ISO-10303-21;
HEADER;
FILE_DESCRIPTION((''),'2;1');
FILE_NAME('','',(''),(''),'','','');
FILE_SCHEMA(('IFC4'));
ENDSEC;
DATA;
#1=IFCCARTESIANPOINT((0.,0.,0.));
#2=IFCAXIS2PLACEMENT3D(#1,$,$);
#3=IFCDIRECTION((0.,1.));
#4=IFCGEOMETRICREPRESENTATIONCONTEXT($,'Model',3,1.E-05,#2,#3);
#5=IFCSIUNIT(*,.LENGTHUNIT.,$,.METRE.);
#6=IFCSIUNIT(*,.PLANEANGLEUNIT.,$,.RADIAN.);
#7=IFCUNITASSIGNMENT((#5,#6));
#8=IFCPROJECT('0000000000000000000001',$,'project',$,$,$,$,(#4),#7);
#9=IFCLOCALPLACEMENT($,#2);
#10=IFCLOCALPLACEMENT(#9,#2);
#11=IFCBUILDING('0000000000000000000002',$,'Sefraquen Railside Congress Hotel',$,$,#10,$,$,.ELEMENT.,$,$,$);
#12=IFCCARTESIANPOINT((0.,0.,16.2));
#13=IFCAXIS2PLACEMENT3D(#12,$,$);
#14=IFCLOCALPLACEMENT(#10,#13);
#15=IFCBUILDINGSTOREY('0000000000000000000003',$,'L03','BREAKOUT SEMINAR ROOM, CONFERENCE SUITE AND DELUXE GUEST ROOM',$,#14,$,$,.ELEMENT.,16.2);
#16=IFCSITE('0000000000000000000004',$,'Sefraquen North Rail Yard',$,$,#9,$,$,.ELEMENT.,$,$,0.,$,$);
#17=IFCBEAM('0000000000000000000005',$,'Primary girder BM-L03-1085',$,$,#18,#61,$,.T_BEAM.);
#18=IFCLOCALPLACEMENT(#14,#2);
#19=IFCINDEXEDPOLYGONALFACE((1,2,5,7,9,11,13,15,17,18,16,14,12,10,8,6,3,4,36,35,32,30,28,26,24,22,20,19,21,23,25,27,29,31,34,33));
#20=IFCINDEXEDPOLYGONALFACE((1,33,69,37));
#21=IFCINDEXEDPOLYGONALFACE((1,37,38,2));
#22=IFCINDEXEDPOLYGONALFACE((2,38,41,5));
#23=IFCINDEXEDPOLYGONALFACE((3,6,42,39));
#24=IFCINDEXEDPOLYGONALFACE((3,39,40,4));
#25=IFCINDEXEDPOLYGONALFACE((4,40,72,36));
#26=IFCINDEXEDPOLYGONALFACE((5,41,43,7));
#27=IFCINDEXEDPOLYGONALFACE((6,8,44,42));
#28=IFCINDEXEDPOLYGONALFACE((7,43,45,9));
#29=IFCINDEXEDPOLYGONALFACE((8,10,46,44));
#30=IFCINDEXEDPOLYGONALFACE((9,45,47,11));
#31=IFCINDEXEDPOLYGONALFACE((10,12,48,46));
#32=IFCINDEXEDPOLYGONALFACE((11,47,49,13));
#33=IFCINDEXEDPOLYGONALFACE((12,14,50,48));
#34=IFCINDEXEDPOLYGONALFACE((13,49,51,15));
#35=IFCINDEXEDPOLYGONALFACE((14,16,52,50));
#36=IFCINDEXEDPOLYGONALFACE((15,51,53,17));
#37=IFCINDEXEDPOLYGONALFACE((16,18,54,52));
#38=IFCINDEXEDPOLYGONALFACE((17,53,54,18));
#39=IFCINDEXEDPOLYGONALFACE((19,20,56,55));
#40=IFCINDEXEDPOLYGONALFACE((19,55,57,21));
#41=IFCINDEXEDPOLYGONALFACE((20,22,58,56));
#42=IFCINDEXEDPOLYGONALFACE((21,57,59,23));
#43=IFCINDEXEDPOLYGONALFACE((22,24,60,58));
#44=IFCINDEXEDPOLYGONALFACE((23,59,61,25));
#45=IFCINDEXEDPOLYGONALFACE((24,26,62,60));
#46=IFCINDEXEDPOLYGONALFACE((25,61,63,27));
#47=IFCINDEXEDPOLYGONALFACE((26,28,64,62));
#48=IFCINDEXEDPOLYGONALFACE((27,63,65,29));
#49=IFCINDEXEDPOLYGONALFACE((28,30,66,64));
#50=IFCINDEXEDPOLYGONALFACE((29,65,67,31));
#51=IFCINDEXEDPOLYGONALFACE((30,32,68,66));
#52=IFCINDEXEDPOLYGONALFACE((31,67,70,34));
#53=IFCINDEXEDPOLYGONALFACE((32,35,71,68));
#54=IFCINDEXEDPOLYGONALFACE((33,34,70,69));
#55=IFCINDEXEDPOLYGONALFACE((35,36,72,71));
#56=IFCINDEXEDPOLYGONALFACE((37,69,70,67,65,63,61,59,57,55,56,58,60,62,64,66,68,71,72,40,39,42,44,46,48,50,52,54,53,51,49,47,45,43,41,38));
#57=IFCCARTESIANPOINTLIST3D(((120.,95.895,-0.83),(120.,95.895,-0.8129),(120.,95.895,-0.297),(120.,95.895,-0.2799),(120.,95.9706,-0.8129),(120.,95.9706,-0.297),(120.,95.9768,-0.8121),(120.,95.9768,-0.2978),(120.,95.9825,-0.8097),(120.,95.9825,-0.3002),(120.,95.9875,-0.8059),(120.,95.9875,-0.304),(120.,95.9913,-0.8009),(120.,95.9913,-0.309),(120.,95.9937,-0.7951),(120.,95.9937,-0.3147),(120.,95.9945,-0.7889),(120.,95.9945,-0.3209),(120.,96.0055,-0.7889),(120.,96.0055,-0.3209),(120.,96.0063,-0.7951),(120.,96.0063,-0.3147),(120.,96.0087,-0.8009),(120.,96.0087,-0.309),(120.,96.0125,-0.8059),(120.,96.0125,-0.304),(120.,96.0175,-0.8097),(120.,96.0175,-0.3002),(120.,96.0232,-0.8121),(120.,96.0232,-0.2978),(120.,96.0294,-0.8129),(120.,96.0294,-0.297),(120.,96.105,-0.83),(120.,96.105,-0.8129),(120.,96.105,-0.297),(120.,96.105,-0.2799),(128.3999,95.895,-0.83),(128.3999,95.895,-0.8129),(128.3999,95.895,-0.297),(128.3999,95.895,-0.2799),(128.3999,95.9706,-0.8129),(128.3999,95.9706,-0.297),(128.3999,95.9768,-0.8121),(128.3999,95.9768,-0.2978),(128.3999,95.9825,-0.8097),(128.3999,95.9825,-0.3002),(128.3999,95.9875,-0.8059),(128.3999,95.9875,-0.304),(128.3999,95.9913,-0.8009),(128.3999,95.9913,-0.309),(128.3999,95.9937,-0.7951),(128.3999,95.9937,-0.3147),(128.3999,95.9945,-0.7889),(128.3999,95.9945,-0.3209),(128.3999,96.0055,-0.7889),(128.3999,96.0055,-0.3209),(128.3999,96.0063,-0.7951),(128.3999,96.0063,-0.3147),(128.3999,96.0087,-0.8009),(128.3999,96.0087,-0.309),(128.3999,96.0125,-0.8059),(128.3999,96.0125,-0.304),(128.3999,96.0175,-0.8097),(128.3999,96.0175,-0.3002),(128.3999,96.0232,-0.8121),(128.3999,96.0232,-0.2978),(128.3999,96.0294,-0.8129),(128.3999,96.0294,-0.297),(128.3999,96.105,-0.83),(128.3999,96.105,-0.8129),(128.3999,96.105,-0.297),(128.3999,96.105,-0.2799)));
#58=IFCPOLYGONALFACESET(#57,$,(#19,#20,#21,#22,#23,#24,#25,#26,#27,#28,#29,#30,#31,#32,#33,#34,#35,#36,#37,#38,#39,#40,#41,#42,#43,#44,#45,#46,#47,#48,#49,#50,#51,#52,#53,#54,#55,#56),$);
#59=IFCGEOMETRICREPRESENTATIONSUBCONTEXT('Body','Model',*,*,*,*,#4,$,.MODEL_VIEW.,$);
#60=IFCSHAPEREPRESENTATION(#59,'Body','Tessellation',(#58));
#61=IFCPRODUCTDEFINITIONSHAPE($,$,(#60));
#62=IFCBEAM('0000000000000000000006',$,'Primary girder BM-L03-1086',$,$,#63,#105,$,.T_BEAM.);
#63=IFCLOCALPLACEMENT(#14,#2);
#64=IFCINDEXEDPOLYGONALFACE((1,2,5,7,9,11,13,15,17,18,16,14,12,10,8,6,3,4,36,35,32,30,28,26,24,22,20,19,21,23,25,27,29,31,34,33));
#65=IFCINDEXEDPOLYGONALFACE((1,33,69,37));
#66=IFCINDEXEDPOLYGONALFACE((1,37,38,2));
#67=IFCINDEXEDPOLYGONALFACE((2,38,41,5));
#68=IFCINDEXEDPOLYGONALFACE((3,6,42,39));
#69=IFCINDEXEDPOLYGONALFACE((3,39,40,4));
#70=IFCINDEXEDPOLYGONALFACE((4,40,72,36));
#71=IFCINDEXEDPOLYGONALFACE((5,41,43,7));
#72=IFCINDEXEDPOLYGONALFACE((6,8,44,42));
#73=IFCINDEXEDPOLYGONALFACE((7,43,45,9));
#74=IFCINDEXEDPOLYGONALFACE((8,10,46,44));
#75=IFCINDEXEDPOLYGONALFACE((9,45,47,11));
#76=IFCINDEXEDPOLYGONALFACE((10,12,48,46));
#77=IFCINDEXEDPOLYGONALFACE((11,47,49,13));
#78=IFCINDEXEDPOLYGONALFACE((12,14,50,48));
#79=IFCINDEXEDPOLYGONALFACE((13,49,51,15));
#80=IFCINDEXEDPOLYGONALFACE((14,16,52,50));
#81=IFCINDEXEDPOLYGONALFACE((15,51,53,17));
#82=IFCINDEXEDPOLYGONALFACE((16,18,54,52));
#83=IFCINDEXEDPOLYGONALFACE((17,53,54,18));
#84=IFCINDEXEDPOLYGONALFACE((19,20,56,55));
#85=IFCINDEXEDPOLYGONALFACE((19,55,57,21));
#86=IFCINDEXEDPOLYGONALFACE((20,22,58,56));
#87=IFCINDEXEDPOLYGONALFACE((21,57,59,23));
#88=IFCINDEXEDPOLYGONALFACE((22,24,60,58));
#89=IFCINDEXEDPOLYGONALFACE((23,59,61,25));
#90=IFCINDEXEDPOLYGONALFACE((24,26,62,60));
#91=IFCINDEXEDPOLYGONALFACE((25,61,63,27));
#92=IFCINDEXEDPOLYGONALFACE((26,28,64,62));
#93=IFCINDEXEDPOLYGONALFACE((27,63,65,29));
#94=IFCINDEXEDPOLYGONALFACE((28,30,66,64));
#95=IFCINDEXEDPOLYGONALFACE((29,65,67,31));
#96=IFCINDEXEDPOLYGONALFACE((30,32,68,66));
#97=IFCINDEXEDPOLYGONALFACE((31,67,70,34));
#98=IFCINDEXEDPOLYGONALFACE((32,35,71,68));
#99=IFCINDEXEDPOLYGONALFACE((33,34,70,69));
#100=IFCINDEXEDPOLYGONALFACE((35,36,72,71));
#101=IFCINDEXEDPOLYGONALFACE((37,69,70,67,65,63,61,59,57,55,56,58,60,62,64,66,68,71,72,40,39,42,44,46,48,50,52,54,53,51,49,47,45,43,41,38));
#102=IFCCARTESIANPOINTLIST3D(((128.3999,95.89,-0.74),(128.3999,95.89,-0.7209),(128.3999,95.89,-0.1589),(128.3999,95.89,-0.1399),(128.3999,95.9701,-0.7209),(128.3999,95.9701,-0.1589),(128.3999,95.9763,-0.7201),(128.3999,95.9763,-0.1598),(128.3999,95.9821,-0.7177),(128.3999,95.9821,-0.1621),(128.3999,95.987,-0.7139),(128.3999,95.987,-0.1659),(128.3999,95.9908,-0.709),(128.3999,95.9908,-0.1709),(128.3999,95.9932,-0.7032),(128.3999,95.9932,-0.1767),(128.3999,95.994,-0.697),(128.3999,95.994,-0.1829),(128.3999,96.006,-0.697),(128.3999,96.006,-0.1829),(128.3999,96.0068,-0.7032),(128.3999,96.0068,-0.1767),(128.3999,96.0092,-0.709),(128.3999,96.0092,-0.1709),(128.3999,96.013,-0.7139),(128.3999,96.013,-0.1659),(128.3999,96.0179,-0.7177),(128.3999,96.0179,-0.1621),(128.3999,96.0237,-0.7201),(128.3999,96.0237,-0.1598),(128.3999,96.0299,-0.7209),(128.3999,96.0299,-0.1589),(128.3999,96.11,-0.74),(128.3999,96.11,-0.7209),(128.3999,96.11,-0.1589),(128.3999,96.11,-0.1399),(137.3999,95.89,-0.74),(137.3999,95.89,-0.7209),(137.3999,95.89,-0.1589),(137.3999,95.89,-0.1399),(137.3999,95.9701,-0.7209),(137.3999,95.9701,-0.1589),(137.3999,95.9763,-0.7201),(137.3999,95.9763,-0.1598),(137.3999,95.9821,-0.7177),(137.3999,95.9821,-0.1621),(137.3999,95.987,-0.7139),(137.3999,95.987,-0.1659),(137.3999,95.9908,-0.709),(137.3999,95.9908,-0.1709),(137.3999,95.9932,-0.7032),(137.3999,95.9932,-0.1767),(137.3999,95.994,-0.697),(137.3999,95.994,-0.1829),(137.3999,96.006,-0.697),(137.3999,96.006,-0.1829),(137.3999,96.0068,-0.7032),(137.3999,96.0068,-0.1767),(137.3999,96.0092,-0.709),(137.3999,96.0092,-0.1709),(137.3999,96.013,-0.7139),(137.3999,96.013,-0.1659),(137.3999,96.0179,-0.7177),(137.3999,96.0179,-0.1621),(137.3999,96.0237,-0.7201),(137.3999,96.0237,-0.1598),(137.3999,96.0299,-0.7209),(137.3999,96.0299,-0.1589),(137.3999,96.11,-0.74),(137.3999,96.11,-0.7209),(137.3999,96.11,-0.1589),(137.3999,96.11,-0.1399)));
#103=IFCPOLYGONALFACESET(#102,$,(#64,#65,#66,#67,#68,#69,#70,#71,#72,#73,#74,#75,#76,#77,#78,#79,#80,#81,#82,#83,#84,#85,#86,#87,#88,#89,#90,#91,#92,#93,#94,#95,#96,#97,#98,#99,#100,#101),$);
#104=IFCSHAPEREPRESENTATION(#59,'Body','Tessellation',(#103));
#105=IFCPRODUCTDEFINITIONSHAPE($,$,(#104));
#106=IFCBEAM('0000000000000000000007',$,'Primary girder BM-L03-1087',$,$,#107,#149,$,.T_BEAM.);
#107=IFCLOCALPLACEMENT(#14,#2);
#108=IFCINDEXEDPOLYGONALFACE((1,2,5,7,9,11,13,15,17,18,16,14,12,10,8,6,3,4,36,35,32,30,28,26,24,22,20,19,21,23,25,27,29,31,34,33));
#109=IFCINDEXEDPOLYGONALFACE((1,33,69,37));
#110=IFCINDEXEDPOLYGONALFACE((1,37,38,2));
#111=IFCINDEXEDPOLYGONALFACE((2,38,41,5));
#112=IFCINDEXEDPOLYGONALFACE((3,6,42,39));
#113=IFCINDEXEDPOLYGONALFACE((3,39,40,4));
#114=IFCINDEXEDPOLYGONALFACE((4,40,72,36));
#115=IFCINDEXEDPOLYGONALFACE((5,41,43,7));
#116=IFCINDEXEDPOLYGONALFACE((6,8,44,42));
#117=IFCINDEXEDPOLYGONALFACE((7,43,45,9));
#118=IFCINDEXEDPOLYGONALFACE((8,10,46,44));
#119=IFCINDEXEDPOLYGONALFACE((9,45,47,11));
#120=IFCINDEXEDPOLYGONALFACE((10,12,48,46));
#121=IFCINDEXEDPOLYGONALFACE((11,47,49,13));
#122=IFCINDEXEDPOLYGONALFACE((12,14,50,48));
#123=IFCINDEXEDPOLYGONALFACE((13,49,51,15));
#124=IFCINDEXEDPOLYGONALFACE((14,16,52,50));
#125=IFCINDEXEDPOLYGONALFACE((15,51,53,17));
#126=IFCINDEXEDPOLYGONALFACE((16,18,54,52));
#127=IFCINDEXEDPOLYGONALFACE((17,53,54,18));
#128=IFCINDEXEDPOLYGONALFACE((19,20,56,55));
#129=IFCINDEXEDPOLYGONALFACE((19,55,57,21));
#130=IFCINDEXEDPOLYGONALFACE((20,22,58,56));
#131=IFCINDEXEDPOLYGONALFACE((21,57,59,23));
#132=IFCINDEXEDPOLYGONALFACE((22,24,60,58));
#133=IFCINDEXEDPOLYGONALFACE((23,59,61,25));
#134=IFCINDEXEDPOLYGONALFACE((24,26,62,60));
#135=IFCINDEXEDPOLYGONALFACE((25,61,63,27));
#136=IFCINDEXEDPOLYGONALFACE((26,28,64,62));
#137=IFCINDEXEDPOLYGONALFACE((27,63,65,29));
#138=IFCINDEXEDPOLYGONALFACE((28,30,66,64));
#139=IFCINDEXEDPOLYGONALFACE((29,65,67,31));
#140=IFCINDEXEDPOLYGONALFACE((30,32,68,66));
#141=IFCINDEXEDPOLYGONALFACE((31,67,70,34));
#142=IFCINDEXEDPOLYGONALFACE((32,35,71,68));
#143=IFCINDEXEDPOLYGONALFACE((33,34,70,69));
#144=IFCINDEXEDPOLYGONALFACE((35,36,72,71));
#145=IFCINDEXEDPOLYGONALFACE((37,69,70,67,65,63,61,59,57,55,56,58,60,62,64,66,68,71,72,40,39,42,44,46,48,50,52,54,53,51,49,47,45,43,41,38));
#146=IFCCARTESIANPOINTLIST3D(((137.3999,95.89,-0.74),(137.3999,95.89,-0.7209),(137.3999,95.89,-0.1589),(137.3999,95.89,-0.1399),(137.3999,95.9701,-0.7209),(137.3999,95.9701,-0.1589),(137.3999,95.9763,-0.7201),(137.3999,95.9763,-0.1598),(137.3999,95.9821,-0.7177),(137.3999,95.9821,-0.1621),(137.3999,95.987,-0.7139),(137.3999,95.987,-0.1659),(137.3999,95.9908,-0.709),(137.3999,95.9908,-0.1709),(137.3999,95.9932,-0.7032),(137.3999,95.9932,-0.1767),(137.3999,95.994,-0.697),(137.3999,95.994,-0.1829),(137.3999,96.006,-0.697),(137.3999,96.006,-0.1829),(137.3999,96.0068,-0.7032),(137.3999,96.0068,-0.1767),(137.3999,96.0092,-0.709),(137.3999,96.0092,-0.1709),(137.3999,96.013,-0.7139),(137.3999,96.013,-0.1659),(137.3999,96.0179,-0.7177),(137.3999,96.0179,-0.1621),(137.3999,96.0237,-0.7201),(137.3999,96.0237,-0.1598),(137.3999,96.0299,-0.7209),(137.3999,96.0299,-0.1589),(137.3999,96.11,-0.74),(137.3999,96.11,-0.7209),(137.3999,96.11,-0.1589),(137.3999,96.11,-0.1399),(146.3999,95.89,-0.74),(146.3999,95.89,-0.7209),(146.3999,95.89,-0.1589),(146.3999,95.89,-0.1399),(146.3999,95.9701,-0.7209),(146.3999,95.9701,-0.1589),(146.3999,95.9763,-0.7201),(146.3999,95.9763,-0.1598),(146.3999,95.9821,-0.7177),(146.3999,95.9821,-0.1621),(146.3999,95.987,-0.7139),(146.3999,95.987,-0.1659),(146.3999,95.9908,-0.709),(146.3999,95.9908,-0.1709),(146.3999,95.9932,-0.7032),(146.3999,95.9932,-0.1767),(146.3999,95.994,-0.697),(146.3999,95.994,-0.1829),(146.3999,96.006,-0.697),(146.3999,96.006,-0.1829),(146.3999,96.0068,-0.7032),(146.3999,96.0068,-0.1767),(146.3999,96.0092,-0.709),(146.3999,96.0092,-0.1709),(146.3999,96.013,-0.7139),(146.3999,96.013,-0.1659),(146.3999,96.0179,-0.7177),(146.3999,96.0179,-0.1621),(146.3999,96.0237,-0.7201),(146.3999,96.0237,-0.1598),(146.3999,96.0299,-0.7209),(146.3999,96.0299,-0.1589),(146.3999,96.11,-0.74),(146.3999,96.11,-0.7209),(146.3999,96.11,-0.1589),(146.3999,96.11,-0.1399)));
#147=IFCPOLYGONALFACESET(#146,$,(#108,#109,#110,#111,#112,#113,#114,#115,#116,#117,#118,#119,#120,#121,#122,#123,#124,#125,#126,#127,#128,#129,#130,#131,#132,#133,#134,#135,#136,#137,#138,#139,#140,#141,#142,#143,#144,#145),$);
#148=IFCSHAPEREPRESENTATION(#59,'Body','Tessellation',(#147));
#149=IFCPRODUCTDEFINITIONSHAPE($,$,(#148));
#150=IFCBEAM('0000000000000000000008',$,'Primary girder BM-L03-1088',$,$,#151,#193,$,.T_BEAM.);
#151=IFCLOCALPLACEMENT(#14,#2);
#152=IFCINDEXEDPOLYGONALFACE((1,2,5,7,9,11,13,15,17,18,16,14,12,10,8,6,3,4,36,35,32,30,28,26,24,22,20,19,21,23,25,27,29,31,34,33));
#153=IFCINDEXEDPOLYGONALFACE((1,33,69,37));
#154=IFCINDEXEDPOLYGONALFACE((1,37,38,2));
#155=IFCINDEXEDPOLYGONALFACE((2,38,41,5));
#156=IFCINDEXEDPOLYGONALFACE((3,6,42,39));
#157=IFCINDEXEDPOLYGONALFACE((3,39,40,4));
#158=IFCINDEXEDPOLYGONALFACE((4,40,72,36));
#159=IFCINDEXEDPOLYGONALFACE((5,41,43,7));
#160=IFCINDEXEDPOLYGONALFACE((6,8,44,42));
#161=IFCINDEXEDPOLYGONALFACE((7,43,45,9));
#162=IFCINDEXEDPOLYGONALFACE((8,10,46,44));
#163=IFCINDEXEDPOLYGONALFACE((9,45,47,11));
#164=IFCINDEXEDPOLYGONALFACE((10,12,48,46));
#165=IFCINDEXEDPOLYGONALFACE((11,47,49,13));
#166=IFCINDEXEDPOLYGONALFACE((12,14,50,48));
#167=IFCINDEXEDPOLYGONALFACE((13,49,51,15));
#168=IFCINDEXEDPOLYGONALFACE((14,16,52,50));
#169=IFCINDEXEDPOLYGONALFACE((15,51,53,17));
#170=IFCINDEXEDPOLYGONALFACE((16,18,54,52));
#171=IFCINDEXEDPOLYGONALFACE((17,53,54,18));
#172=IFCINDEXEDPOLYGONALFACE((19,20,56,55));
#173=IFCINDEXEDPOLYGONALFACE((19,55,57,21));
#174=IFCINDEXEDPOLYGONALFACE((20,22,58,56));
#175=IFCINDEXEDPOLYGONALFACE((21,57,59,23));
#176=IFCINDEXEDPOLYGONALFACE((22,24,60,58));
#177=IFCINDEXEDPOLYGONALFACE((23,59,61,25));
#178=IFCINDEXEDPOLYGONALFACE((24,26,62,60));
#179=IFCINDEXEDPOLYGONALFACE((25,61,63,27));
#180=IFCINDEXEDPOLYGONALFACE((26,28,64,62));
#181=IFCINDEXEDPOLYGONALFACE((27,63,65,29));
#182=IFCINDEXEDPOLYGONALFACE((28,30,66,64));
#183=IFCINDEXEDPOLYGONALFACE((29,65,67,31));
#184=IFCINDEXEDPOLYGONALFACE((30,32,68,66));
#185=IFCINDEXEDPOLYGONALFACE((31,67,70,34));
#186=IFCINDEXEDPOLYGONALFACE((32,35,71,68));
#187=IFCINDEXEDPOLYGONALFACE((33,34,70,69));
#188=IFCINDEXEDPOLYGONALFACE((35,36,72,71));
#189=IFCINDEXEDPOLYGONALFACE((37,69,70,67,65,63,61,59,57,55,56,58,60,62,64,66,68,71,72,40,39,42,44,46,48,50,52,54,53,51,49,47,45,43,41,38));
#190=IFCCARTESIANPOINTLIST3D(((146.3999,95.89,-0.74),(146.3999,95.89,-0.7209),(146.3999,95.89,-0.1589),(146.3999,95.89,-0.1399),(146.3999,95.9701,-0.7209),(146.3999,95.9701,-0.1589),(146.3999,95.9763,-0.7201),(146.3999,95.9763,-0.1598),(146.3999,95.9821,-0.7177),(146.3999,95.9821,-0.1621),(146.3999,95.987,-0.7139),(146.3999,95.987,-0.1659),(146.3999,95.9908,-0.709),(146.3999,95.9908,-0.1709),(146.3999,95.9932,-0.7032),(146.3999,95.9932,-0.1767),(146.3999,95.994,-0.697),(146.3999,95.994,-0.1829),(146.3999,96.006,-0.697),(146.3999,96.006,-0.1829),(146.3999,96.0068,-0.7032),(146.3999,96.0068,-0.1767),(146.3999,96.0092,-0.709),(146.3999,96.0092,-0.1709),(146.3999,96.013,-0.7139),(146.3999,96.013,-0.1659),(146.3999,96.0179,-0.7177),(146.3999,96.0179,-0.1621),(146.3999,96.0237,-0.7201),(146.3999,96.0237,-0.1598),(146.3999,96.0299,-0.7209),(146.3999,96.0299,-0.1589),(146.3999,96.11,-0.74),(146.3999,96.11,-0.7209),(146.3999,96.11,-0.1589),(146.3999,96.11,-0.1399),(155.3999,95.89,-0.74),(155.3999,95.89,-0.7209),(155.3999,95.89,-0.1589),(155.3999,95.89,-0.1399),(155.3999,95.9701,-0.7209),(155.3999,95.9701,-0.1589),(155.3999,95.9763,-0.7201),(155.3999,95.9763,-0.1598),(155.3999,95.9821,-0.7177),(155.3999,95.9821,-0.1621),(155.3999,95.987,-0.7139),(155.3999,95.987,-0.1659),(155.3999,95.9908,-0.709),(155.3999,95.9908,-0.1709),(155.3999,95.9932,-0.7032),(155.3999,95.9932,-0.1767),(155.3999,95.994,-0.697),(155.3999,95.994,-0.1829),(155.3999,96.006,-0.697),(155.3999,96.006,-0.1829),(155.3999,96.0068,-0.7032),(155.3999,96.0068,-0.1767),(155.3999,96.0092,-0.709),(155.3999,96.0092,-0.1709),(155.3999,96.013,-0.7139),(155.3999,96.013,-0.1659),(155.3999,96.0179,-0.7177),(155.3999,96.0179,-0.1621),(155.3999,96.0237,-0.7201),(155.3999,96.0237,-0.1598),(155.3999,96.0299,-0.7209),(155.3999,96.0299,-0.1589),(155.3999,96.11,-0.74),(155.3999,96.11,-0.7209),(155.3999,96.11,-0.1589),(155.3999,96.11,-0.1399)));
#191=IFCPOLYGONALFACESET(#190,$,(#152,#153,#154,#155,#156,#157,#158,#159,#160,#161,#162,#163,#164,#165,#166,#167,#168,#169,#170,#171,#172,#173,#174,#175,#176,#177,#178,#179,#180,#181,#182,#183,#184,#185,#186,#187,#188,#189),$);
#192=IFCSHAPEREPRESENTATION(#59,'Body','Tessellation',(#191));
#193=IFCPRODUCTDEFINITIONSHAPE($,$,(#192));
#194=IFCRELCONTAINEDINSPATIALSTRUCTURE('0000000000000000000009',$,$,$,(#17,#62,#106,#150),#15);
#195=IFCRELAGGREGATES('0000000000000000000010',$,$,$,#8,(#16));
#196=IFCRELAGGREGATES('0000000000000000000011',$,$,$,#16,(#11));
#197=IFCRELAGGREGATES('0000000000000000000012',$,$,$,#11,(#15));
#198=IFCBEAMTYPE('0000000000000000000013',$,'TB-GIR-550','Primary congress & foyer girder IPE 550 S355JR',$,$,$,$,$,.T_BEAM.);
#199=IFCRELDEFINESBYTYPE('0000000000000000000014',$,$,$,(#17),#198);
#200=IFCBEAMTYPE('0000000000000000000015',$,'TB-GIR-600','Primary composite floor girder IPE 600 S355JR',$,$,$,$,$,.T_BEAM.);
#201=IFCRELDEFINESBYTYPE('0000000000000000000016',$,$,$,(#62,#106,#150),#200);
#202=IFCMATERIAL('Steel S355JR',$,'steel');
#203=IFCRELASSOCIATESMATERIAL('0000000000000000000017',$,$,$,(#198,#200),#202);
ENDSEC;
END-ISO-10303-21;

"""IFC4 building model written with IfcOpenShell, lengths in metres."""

from ifc_helpers import new_model, si_unit, direction, frame, origin, origin_2d, place, context, subcontext, project, spatial, i_section, extrude, material, material_profile, profile_set, type_object, element, save


model = new_model("IFC4")

# Units and contexts
model_context = context("Model", 3, precision=1e-05, world=origin(), true_north=direction((0.0, 1.0)))
body_context = subcontext(model_context, "Body", "Model", "MODEL_VIEW")
ifc_project = project(units=[si_unit("LENGTHUNIT", "METRE"), si_unit("PLANEANGLEUNIT", "RADIAN")], contexts=[model_context])

# Site, building, storey
site_placement = place(None, origin())
site = spatial("IfcSite", under=ifc_project, at=site_placement, Name="Sefraquen North Rail Yard", CompositionType="ELEMENT", RefElevation=0.0)
building_placement = place(site_placement, origin())
building = spatial("IfcBuilding", under=site, at=building_placement, Name="Sefraquen Railside Congress Hotel", CompositionType="ELEMENT")
storey_placement = place(building_placement, frame((0.0, 0.0, 16.2)))
storey = spatial("IfcBuildingStorey", under=building, at=storey_placement, Name="L03", Description="BREAKOUT SEMINAR ROOM, CONFERENCE SUITE AND DELUXE GUEST ROOM", CompositionType="ELEMENT", Elevation=16.2)

# Shared definitions
ifc_material_1 = material(Name="Steel S355JR", Category="steel")

# Beams
ifc_material_profile_1 = material_profile(ifc_material_1, i_section(OverallWidth=0.21, OverallDepth=0.55, WebThickness=0.011, FlangeThickness=0.0171, FilletRadius=0.0239, at=origin_2d()), Name="IPE 550")
ifc_profile_set_1 = profile_set([ifc_material_profile_1], Name="Steel S355JR")
beam_type_1 = type_object("IfcBeamType", Name="TB-GIR-550", Description="Primary congress & foyer girder IPE 550 S355JR", PredefinedType="T_BEAM", material=ifc_profile_set_1)
for number, where, z_axis, x_axis, name in (
    (1, (120.0, 96.0, -0.5549), (1.0, 0.0, 0.0), (0.0, 1.0, 0.0), "Primary girder BM-L03-1085"),
):
    element("IfcBeam", number, at=place(storey_placement, frame(where, z_axis=z_axis, x_axis=x_axis)), inside=storey, type_object=beam_type_1, Name=name, PredefinedType="T_BEAM", context=body_context, shape_type="SweptSolid", body=[
        extrude(i_section(OverallWidth=0.21, OverallDepth=0.55, WebThickness=0.011, FlangeThickness=0.0171, FilletRadius=0.0239, at=origin_2d()), origin(), (0.0, 0.0, 1.0), 8.3999),
    ])
ifc_material_profile_2 = material_profile(ifc_material_1, i_section(OverallWidth=0.22, OverallDepth=0.6001, WebThickness=0.012, FlangeThickness=0.019, FilletRadius=0.0239, at=origin_2d()), Name="IPE 600")
ifc_profile_set_2 = profile_set([ifc_material_profile_2], Name="Steel S355JR")
beam_type_2 = type_object("IfcBeamType", Name="TB-GIR-600", Description="Primary composite floor girder IPE 600 S355JR", PredefinedType="T_BEAM", material=ifc_profile_set_2)
for number, where, z_axis, x_axis, name in (
    (2, (128.3999, 96.0, -0.4399), (1.0, 0.0, 0.0), (0.0, 1.0, 0.0), "Primary girder BM-L03-1086"),
    (3, (137.3999, 96.0, -0.4399), (1.0, 0.0, 0.0), (0.0, 1.0, 0.0), "Primary girder BM-L03-1087"),
    (4, (146.3999, 96.0, -0.4399), (1.0, 0.0, 0.0), (0.0, 1.0, 0.0), "Primary girder BM-L03-1088"),
):
    element("IfcBeam", number, at=place(storey_placement, frame(where, z_axis=z_axis, x_axis=x_axis)), inside=storey, type_object=beam_type_2, Name=name, PredefinedType="T_BEAM", context=body_context, shape_type="SweptSolid", body=[
        extrude(i_section(OverallWidth=0.22, OverallDepth=0.6001, WebThickness=0.012, FlangeThickness=0.019, FilletRadius=0.0239, at=origin_2d()), origin(), (0.0, 0.0, 1.0), 9.0),
    ])

save(model, "model.ifc")
